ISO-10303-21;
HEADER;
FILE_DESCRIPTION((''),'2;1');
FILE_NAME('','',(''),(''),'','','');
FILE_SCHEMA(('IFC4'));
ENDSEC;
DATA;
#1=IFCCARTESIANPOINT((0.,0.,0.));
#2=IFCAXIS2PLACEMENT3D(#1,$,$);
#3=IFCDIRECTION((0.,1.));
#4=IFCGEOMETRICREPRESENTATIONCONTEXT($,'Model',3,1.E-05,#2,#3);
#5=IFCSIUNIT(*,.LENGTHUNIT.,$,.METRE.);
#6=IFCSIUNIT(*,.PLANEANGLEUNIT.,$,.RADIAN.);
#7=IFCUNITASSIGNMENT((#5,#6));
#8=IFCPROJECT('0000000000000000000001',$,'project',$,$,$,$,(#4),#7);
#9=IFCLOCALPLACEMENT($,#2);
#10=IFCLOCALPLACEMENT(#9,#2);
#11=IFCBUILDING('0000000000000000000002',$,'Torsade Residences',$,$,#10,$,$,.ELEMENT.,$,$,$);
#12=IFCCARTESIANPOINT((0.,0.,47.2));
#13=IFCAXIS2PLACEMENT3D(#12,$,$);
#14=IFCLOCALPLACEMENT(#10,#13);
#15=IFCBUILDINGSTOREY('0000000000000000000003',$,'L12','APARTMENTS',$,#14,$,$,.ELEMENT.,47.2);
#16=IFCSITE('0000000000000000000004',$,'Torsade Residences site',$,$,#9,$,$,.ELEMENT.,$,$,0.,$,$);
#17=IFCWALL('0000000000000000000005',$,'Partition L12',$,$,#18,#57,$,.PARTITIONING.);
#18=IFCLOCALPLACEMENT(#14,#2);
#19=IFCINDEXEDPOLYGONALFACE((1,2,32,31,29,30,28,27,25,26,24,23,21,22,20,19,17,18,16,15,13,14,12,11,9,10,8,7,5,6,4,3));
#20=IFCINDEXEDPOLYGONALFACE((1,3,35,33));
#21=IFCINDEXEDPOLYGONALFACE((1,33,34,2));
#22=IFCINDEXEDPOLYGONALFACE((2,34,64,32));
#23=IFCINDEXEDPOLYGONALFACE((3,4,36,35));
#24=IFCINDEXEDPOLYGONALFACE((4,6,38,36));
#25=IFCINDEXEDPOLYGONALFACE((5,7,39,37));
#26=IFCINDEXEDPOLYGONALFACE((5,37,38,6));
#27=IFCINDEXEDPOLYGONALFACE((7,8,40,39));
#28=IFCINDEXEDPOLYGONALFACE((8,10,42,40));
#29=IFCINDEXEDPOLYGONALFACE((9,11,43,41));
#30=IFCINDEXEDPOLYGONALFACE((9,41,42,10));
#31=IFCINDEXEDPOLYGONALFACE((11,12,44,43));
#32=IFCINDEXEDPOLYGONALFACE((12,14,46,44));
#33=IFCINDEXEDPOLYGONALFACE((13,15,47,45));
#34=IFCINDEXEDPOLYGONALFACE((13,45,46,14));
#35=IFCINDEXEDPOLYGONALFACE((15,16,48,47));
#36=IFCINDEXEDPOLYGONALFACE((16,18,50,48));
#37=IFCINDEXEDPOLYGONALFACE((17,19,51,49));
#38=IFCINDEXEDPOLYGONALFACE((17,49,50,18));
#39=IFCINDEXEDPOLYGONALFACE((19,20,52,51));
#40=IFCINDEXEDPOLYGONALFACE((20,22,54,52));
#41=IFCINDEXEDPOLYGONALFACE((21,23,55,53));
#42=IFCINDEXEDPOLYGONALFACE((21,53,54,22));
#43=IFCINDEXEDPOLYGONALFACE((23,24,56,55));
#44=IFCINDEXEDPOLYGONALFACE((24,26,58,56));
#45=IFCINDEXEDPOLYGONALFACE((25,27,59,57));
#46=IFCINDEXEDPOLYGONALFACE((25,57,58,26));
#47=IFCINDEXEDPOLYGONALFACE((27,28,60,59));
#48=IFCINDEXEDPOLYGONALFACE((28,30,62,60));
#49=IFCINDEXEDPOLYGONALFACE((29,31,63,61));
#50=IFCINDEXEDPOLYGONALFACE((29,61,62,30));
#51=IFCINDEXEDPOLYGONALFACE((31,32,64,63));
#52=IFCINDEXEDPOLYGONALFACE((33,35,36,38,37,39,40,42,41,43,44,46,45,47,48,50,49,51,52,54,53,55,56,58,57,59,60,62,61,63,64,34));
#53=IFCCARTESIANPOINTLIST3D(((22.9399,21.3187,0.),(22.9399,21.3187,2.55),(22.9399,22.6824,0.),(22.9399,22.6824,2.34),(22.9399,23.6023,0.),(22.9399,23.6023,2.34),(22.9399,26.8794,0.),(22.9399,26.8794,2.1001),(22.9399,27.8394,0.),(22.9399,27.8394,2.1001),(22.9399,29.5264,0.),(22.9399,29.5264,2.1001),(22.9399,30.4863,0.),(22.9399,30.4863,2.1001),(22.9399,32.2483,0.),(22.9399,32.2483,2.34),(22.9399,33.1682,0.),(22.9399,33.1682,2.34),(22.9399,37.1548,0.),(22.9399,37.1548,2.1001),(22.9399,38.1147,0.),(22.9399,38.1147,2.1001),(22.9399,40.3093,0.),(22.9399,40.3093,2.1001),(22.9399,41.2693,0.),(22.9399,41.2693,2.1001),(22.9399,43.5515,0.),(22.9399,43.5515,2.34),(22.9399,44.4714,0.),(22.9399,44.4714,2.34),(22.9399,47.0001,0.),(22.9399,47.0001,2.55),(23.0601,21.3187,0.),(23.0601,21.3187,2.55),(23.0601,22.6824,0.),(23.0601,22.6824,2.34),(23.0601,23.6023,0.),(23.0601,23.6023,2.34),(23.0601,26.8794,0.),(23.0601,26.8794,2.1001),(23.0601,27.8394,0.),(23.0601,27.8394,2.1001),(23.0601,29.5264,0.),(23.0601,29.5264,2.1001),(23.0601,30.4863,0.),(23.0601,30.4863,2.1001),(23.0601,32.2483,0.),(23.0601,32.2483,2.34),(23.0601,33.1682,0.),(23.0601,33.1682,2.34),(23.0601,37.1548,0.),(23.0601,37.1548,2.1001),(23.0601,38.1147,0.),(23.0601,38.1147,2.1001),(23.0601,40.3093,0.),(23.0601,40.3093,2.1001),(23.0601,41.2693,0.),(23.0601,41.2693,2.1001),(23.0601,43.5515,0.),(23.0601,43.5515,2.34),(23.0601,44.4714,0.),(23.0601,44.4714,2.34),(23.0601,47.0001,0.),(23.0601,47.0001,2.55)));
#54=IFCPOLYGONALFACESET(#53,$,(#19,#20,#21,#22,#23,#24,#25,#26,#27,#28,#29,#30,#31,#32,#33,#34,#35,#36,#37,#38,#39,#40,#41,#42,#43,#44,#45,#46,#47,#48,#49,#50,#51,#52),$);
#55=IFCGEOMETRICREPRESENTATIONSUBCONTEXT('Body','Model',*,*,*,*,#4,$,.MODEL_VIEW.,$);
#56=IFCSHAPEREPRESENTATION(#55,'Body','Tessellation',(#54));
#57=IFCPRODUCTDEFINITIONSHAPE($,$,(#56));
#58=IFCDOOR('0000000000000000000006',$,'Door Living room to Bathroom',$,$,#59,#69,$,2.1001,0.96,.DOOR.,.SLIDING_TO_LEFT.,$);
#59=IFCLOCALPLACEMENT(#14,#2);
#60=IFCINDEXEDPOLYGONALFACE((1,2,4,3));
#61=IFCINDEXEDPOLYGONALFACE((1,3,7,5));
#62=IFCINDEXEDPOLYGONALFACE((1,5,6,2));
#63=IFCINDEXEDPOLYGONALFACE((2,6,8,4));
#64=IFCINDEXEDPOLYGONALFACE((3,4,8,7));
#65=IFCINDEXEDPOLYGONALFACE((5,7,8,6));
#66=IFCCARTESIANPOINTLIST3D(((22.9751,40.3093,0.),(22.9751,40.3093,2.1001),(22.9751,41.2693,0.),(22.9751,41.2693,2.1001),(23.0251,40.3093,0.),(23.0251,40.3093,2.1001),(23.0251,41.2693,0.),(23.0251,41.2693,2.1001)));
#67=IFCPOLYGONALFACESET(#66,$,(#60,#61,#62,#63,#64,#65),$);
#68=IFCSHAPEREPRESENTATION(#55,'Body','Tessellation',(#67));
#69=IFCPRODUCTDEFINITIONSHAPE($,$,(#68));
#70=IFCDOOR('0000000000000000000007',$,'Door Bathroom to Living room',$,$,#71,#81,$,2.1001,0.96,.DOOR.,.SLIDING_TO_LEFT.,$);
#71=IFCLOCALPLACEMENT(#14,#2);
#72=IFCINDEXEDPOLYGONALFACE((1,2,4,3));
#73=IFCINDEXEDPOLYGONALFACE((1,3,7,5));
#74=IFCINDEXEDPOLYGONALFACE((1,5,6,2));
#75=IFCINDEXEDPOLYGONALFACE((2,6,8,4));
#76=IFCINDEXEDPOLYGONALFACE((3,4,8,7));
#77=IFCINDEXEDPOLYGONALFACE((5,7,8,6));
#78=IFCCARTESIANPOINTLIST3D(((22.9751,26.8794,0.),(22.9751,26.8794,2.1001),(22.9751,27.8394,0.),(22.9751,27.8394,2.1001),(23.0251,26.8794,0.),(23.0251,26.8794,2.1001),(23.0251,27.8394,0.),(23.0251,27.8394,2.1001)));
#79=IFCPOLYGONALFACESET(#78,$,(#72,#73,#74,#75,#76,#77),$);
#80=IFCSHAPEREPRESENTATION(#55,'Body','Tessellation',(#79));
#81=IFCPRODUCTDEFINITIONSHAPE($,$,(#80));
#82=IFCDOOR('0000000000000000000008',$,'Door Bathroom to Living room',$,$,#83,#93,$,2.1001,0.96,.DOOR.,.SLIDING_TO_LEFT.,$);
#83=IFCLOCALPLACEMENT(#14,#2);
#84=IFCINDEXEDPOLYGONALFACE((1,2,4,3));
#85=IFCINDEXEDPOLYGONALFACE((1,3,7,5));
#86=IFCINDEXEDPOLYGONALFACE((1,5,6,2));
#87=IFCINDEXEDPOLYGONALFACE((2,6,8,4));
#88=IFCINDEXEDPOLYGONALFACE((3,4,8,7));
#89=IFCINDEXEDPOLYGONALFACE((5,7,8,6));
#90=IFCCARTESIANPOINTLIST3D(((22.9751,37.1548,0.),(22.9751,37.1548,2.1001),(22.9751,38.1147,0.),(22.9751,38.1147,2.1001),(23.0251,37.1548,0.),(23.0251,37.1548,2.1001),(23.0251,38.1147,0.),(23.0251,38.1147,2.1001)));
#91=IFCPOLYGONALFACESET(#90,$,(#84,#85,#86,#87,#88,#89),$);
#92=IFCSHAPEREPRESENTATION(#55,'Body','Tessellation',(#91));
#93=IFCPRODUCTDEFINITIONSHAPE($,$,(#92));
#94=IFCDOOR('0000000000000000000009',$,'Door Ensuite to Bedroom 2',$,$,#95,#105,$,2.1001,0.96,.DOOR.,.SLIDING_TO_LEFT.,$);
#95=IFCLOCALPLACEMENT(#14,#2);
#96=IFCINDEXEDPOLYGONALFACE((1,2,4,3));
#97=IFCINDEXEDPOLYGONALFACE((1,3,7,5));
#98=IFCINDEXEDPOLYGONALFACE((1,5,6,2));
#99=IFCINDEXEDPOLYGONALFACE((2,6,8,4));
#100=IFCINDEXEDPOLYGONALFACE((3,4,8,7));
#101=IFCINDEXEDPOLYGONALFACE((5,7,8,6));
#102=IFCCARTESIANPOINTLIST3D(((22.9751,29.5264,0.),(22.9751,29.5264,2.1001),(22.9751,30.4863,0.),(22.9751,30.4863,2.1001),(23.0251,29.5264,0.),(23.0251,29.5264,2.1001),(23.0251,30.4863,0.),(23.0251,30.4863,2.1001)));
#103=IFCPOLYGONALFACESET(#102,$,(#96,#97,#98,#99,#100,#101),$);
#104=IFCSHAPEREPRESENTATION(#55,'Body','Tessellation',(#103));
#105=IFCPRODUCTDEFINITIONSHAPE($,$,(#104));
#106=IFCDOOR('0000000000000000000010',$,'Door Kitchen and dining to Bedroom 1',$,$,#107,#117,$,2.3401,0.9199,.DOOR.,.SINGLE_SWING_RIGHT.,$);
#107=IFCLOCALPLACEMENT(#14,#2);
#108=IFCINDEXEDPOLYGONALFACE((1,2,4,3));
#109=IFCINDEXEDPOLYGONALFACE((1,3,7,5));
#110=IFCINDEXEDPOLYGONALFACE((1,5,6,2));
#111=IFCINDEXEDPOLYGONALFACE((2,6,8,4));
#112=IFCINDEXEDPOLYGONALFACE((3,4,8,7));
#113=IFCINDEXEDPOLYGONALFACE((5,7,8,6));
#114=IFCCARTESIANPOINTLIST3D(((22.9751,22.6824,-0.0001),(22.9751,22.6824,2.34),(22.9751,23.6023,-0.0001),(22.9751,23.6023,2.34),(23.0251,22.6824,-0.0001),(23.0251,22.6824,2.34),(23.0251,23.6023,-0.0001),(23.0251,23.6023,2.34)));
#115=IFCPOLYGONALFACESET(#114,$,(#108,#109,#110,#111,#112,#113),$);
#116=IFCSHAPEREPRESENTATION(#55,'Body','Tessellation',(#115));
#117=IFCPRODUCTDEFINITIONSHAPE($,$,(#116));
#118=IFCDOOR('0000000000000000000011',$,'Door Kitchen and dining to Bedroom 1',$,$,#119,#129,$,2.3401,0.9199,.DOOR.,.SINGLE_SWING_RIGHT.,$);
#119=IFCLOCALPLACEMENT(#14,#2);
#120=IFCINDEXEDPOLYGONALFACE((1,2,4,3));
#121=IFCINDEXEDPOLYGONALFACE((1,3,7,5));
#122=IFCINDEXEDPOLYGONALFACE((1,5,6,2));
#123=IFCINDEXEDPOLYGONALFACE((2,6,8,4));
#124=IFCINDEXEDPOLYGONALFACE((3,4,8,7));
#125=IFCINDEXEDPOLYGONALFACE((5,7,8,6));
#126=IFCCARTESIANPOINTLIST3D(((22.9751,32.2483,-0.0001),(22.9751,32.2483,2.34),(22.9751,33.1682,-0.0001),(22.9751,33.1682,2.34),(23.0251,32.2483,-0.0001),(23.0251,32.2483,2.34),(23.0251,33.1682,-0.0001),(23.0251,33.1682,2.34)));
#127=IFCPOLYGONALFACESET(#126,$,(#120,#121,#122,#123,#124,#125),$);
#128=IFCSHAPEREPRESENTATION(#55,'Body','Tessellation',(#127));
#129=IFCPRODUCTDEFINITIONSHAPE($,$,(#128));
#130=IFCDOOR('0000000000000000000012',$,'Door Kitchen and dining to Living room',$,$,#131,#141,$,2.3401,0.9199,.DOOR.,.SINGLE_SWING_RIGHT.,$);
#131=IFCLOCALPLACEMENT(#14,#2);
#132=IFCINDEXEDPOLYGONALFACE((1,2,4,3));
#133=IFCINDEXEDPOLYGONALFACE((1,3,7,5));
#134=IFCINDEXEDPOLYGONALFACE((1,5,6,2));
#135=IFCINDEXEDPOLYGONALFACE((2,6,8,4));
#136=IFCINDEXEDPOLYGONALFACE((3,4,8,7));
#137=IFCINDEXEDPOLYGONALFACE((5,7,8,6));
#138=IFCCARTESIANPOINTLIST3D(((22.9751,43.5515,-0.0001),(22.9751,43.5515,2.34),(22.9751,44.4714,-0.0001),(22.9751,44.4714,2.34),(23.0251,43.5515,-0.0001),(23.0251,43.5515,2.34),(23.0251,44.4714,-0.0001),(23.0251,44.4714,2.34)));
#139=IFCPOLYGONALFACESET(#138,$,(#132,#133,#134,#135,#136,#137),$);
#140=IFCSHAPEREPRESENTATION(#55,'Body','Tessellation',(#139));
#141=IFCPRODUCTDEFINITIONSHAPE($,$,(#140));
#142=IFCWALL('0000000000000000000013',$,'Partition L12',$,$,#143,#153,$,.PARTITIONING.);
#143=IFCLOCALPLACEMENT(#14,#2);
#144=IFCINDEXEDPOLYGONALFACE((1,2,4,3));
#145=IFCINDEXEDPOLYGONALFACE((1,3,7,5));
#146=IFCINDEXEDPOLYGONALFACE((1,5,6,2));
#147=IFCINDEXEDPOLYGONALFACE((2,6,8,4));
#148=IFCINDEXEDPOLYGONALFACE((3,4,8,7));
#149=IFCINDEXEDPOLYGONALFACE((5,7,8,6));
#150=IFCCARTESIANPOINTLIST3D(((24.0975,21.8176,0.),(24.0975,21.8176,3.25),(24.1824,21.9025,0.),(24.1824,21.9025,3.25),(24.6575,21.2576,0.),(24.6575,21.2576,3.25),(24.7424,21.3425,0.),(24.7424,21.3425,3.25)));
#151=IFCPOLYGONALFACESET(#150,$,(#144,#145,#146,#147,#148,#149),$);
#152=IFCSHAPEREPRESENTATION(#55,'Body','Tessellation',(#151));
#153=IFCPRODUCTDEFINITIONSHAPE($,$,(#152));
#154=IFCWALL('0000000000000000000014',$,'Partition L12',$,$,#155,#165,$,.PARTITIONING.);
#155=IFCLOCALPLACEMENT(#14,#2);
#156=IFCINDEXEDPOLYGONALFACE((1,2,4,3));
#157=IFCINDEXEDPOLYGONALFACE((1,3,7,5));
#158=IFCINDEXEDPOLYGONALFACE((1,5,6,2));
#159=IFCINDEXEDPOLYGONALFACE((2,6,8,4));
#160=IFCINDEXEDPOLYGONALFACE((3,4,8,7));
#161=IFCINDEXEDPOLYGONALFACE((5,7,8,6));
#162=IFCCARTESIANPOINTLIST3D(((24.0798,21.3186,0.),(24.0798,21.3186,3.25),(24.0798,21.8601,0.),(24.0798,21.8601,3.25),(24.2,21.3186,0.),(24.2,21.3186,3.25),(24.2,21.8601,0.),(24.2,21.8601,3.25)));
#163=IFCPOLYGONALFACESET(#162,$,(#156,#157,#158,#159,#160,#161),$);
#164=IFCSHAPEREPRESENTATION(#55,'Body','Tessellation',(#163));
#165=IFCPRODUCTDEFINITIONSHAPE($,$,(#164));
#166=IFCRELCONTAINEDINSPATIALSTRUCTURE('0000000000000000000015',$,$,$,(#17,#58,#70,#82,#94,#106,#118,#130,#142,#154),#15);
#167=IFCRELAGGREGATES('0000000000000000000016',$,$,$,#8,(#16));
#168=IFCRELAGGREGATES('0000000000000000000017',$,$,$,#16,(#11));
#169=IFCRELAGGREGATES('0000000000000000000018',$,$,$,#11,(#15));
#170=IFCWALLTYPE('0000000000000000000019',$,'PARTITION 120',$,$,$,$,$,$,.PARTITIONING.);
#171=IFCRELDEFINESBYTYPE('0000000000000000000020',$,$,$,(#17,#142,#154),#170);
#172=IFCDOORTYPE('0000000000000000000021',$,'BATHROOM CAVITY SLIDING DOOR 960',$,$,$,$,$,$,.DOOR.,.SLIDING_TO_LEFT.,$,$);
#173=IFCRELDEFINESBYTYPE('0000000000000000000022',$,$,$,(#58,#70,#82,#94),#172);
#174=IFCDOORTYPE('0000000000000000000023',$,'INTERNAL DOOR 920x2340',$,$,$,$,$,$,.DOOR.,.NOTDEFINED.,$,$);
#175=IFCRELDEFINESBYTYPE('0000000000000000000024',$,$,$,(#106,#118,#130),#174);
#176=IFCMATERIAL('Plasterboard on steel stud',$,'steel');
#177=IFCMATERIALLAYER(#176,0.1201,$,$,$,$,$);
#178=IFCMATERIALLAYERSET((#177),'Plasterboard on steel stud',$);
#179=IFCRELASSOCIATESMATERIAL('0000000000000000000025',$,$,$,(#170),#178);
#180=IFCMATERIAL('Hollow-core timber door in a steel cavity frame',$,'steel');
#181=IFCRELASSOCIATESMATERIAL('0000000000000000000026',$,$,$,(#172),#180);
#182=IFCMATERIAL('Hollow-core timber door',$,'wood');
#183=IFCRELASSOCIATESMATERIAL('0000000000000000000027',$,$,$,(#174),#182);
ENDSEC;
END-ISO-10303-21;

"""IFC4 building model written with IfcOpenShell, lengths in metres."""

from ifc_helpers import new_model, si_unit, direction, frame, frame_2d, origin, place, context, subcontext, project, spatial, rectangle, extrude, material, layer, layer_set, type_object, element, fill, save


model = new_model("IFC4")

# Units and contexts
model_context = context("Model", 3, precision=1e-05, world=origin(), true_north=direction((0.0, 1.0)))
body_context = subcontext(model_context, "Body", "Model", "MODEL_VIEW")
ifc_project = project(units=[si_unit("LENGTHUNIT", "METRE"), si_unit("PLANEANGLEUNIT", "RADIAN")], contexts=[model_context])

# Site, building, storey
site_placement = place(None, origin())
site = spatial("IfcSite", under=ifc_project, at=site_placement, Name="Torsade Residences site", CompositionType="ELEMENT", RefElevation=0.0)
building_placement = place(site_placement, origin())
building = spatial("IfcBuilding", under=site, at=building_placement, Name="Torsade Residences", CompositionType="ELEMENT")
storey_placement = place(building_placement, frame((0.0, 0.0, 47.2)))
storey = spatial("IfcBuildingStorey", under=building, at=storey_placement, Name="L12", Description="APARTMENTS", CompositionType="ELEMENT", Elevation=47.2)

# Shared definitions
ifc_material_1 = material(Name="Plasterboard on steel stud", Category="steel")
ifc_layer_1 = layer(ifc_material_1, 0.1201)
ifc_layer_set_1 = layer_set([ifc_layer_1], Name="Plasterboard on steel stud")
wall_type_1 = type_object("IfcWallType", Name="PARTITION 120", PredefinedType="PARTITIONING", material=ifc_layer_set_1)
ifc_material_2 = material(Name="Hollow-core timber door in a steel cavity frame", Category="steel")
door_type_1 = type_object("IfcDoorType", Name="BATHROOM CAVITY SLIDING DOOR 960", OperationType="SLIDING_TO_LEFT", PredefinedType="DOOR", material=ifc_material_2)

# Wall, openings, doors
wall_1_placement = place(storey_placement, frame((23.0, 21.3186, 0.0), z_axis=(0.0, 0.0, 1.0), x_axis=(0.0, 1.0, 0.0)))
wall_1 = element("IfcWall", 1, at=wall_1_placement, inside=storey, type_object=wall_type_1, Name="Partition L12", PredefinedType="PARTITIONING", context=body_context, shape_type="SweptSolid", body=[
    extrude(rectangle(XDim=25.6814, YDim=0.1201, at=frame_2d((12.8408, 0.0))), origin(), (0.0, 0.0, 1.0), 2.55),
])
opening_1_placement = place(wall_1_placement, frame((1.3638, 0.0, 0.0)))
opening_1 = element("IfcOpeningElement", 2, at=opening_1_placement, cuts=wall_1, PredefinedType="OPENING", context=body_context, shape_type="SweptSolid", body=[
    extrude(rectangle(XDim=0.9199, YDim=2.3401, at=frame_2d((0.46, 1.1699))), frame((0.0, 0.0701, 0.0), z_axis=(0.0, -1.0, 0.0), x_axis=(1.0, 0.0, 0.0)), (0.0, 0.0, 1.0), 0.1401),
])
opening_2_placement = place(wall_1_placement, frame((10.9297, 0.0, 0.0)))
opening_2 = element("IfcOpeningElement", 3, at=opening_2_placement, cuts=wall_1, PredefinedType="OPENING", context=body_context, shape_type="SweptSolid", body=[
    extrude(rectangle(XDim=0.9199, YDim=2.3401, at=frame_2d((0.46, 1.1699))), frame((0.0, 0.0701, 0.0), z_axis=(0.0, -1.0, 0.0), x_axis=(1.0, 0.0, 0.0)), (0.0, 0.0, 1.0), 0.1401),
])
opening_3_placement = place(wall_1_placement, frame((22.2329, 0.0, 0.0)))
opening_3 = element("IfcOpeningElement", 4, at=opening_3_placement, cuts=wall_1, PredefinedType="OPENING", context=body_context, shape_type="SweptSolid", body=[
    extrude(rectangle(XDim=0.9199, YDim=2.3401, at=frame_2d((0.46, 1.1699))), frame((0.0, 0.0701, 0.0), z_axis=(0.0, -1.0, 0.0), x_axis=(1.0, 0.0, 0.0)), (0.0, 0.0, 1.0), 0.1401),
])
opening_4_placement = place(wall_1_placement, frame((18.9907, 0.0, 0.0)))
opening_4 = element("IfcOpeningElement", 5, at=opening_4_placement, cuts=wall_1, PredefinedType="OPENING", context=body_context, shape_type="SweptSolid", body=[
    extrude(rectangle(XDim=0.96, YDim=2.1001, at=frame_2d((0.48, 1.05))), frame((0.0, 0.0701, 0.0), z_axis=(0.0, -1.0, 0.0), x_axis=(1.0, 0.0, 0.0)), (0.0, 0.0, 1.0), 0.1401),
])
opening_5_placement = place(wall_1_placement, frame((5.5608, 0.0, 0.0)))
opening_5 = element("IfcOpeningElement", 6, at=opening_5_placement, cuts=wall_1, PredefinedType="OPENING", context=body_context, shape_type="SweptSolid", body=[
    extrude(rectangle(XDim=0.96, YDim=2.1001, at=frame_2d((0.48, 1.05))), frame((0.0, 0.0701, 0.0), z_axis=(0.0, -1.0, 0.0), x_axis=(1.0, 0.0, 0.0)), (0.0, 0.0, 1.0), 0.1401),
])
opening_6_placement = place(wall_1_placement, frame((15.8362, 0.0, 0.0)))
opening_6 = element("IfcOpeningElement", 7, at=opening_6_placement, cuts=wall_1, PredefinedType="OPENING", context=body_context, shape_type="SweptSolid", body=[
    extrude(rectangle(XDim=0.96, YDim=2.1001, at=frame_2d((0.48, 1.05))), frame((0.0, 0.0701, 0.0), z_axis=(0.0, -1.0, 0.0), x_axis=(1.0, 0.0, 0.0)), (0.0, 0.0, 1.0), 0.1401),
])
opening_7_placement = place(wall_1_placement, frame((8.2078, 0.0, 0.0)))
opening_7 = element("IfcOpeningElement", 8, at=opening_7_placement, cuts=wall_1, PredefinedType="OPENING", context=body_context, shape_type="SweptSolid", body=[
    extrude(rectangle(XDim=0.96, YDim=2.1001, at=frame_2d((0.48, 1.05))), frame((0.0, 0.0701, 0.0), z_axis=(0.0, -1.0, 0.0), x_axis=(1.0, 0.0, 0.0)), (0.0, 0.0, 1.0), 0.1401),
])
door_1_placement = place(opening_4_placement, origin())
door_1 = element("IfcDoor", 9, at=door_1_placement, inside=storey, type_object=door_type_1, Name="Door Living room to Bathroom", OperationType="SLIDING_TO_LEFT", OverallHeight=2.1001, OverallWidth=0.96, PredefinedType="DOOR", context=body_context, shape_type="SweptSolid", body=[
    extrude(rectangle(XDim=0.96, YDim=2.1001, at=frame_2d((0.48, 1.05))), frame((0.0, 0.0249, 0.0), z_axis=(0.0, -1.0, 0.0), x_axis=(1.0, 0.0, 0.0)), (0.0, 0.0, 1.0), 0.05),
])
fill(opening_4, door_1)
door_2_placement = place(opening_5_placement, origin())
door_2 = element("IfcDoor", 10, at=door_2_placement, inside=storey, type_object=door_type_1, Name="Door Bathroom to Living room", OperationType="SLIDING_TO_LEFT", OverallHeight=2.1001, OverallWidth=0.96, PredefinedType="DOOR", context=body_context, shape_type="SweptSolid", body=[
    extrude(rectangle(XDim=0.96, YDim=2.1001, at=frame_2d((0.48, 1.05))), frame((0.0, 0.0249, 0.0), z_axis=(0.0, -1.0, 0.0), x_axis=(1.0, 0.0, 0.0)), (0.0, 0.0, 1.0), 0.05),
])
fill(opening_5, door_2)
door_3_placement = place(opening_6_placement, origin())
door_3 = element("IfcDoor", 11, at=door_3_placement, inside=storey, type_object=door_type_1, Name="Door Bathroom to Living room", OperationType="SLIDING_TO_LEFT", OverallHeight=2.1001, OverallWidth=0.96, PredefinedType="DOOR", context=body_context, shape_type="SweptSolid", body=[
    extrude(rectangle(XDim=0.96, YDim=2.1001, at=frame_2d((0.48, 1.05))), frame((0.0, 0.0249, 0.0), z_axis=(0.0, -1.0, 0.0), x_axis=(1.0, 0.0, 0.0)), (0.0, 0.0, 1.0), 0.05),
])
fill(opening_6, door_3)
door_4_placement = place(opening_7_placement, origin())
door_4 = element("IfcDoor", 12, at=door_4_placement, inside=storey, type_object=door_type_1, Name="Door Ensuite to Bedroom 2", OperationType="SLIDING_TO_LEFT", OverallHeight=2.1001, OverallWidth=0.96, PredefinedType="DOOR", context=body_context, shape_type="SweptSolid", body=[
    extrude(rectangle(XDim=0.96, YDim=2.1001, at=frame_2d((0.48, 1.05))), frame((0.0, 0.0249, 0.0), z_axis=(0.0, -1.0, 0.0), x_axis=(1.0, 0.0, 0.0)), (0.0, 0.0, 1.0), 0.05),
])
fill(opening_7, door_4)
ifc_material_3 = material(Name="Hollow-core timber door", Category="wood")
door_type_2 = type_object("IfcDoorType", Name="INTERNAL DOOR 920x2340", OperationType="NOTDEFINED", PredefinedType="DOOR", material=ifc_material_3)
door_5_placement = place(opening_1_placement, origin())
door_5 = element("IfcDoor", 13, at=door_5_placement, inside=storey, type_object=door_type_2, Name="Door Kitchen and dining to Bedroom 1", OperationType="SINGLE_SWING_RIGHT", OverallHeight=2.3401, OverallWidth=0.9199, PredefinedType="DOOR", context=body_context, shape_type="SweptSolid", body=[
    extrude(rectangle(XDim=0.9199, YDim=2.3401, at=frame_2d((0.46, 1.1699))), frame((0.0, 0.0249, 0.0), z_axis=(0.0, -1.0, 0.0), x_axis=(1.0, 0.0, 0.0)), (0.0, 0.0, 1.0), 0.05),
])
fill(opening_1, door_5)
door_6_placement = place(opening_2_placement, origin())
door_6 = element("IfcDoor", 14, at=door_6_placement, inside=storey, type_object=door_type_2, Name="Door Kitchen and dining to Bedroom 1", OperationType="SINGLE_SWING_RIGHT", OverallHeight=2.3401, OverallWidth=0.9199, PredefinedType="DOOR", context=body_context, shape_type="SweptSolid", body=[
    extrude(rectangle(XDim=0.9199, YDim=2.3401, at=frame_2d((0.46, 1.1699))), frame((0.0, 0.0249, 0.0), z_axis=(0.0, -1.0, 0.0), x_axis=(1.0, 0.0, 0.0)), (0.0, 0.0, 1.0), 0.05),
])
fill(opening_2, door_6)
door_7_placement = place(opening_3_placement, origin())
door_7 = element("IfcDoor", 15, at=door_7_placement, inside=storey, type_object=door_type_2, Name="Door Kitchen and dining to Living room", OperationType="SINGLE_SWING_RIGHT", OverallHeight=2.3401, OverallWidth=0.9199, PredefinedType="DOOR", context=body_context, shape_type="SweptSolid", body=[
    extrude(rectangle(XDim=0.9199, YDim=2.3401, at=frame_2d((0.46, 1.1699))), frame((0.0, 0.0249, 0.0), z_axis=(0.0, -1.0, 0.0), x_axis=(1.0, 0.0, 0.0)), (0.0, 0.0, 1.0), 0.05),
])
fill(opening_3, door_7)

# Walls
wall_2_placement = place(storey_placement, frame((24.7, 21.3, 0.0), z_axis=(0.0, 0.0, 1.0), x_axis=(-0.707107, 0.707107, 0.0)))
element("IfcWall", 16, at=wall_2_placement, inside=storey, type_object=wall_type_1, Name="Partition L12", PredefinedType="PARTITIONING", context=body_context, shape_type="SweptSolid", body=[
    extrude(rectangle(XDim=0.792, YDim=0.1201, at=frame_2d((0.396, 0.0))), origin(), (0.0, 0.0, 1.0), 3.25),
])
wall_3_placement = place(storey_placement, frame((24.1399, 21.8601, 0.0), z_axis=(0.0, 0.0, 1.0), x_axis=(0.0, -1.0, 0.0)))
element("IfcWall", 17, at=wall_3_placement, inside=storey, type_object=wall_type_1, Name="Partition L12", PredefinedType="PARTITIONING", context=body_context, shape_type="SweptSolid", body=[
    extrude(rectangle(XDim=0.5415, YDim=0.1201, at=frame_2d((0.2708, 0.0))), origin(), (0.0, 0.0, 1.0), 3.25),
])

save(model, "model.ifc")
